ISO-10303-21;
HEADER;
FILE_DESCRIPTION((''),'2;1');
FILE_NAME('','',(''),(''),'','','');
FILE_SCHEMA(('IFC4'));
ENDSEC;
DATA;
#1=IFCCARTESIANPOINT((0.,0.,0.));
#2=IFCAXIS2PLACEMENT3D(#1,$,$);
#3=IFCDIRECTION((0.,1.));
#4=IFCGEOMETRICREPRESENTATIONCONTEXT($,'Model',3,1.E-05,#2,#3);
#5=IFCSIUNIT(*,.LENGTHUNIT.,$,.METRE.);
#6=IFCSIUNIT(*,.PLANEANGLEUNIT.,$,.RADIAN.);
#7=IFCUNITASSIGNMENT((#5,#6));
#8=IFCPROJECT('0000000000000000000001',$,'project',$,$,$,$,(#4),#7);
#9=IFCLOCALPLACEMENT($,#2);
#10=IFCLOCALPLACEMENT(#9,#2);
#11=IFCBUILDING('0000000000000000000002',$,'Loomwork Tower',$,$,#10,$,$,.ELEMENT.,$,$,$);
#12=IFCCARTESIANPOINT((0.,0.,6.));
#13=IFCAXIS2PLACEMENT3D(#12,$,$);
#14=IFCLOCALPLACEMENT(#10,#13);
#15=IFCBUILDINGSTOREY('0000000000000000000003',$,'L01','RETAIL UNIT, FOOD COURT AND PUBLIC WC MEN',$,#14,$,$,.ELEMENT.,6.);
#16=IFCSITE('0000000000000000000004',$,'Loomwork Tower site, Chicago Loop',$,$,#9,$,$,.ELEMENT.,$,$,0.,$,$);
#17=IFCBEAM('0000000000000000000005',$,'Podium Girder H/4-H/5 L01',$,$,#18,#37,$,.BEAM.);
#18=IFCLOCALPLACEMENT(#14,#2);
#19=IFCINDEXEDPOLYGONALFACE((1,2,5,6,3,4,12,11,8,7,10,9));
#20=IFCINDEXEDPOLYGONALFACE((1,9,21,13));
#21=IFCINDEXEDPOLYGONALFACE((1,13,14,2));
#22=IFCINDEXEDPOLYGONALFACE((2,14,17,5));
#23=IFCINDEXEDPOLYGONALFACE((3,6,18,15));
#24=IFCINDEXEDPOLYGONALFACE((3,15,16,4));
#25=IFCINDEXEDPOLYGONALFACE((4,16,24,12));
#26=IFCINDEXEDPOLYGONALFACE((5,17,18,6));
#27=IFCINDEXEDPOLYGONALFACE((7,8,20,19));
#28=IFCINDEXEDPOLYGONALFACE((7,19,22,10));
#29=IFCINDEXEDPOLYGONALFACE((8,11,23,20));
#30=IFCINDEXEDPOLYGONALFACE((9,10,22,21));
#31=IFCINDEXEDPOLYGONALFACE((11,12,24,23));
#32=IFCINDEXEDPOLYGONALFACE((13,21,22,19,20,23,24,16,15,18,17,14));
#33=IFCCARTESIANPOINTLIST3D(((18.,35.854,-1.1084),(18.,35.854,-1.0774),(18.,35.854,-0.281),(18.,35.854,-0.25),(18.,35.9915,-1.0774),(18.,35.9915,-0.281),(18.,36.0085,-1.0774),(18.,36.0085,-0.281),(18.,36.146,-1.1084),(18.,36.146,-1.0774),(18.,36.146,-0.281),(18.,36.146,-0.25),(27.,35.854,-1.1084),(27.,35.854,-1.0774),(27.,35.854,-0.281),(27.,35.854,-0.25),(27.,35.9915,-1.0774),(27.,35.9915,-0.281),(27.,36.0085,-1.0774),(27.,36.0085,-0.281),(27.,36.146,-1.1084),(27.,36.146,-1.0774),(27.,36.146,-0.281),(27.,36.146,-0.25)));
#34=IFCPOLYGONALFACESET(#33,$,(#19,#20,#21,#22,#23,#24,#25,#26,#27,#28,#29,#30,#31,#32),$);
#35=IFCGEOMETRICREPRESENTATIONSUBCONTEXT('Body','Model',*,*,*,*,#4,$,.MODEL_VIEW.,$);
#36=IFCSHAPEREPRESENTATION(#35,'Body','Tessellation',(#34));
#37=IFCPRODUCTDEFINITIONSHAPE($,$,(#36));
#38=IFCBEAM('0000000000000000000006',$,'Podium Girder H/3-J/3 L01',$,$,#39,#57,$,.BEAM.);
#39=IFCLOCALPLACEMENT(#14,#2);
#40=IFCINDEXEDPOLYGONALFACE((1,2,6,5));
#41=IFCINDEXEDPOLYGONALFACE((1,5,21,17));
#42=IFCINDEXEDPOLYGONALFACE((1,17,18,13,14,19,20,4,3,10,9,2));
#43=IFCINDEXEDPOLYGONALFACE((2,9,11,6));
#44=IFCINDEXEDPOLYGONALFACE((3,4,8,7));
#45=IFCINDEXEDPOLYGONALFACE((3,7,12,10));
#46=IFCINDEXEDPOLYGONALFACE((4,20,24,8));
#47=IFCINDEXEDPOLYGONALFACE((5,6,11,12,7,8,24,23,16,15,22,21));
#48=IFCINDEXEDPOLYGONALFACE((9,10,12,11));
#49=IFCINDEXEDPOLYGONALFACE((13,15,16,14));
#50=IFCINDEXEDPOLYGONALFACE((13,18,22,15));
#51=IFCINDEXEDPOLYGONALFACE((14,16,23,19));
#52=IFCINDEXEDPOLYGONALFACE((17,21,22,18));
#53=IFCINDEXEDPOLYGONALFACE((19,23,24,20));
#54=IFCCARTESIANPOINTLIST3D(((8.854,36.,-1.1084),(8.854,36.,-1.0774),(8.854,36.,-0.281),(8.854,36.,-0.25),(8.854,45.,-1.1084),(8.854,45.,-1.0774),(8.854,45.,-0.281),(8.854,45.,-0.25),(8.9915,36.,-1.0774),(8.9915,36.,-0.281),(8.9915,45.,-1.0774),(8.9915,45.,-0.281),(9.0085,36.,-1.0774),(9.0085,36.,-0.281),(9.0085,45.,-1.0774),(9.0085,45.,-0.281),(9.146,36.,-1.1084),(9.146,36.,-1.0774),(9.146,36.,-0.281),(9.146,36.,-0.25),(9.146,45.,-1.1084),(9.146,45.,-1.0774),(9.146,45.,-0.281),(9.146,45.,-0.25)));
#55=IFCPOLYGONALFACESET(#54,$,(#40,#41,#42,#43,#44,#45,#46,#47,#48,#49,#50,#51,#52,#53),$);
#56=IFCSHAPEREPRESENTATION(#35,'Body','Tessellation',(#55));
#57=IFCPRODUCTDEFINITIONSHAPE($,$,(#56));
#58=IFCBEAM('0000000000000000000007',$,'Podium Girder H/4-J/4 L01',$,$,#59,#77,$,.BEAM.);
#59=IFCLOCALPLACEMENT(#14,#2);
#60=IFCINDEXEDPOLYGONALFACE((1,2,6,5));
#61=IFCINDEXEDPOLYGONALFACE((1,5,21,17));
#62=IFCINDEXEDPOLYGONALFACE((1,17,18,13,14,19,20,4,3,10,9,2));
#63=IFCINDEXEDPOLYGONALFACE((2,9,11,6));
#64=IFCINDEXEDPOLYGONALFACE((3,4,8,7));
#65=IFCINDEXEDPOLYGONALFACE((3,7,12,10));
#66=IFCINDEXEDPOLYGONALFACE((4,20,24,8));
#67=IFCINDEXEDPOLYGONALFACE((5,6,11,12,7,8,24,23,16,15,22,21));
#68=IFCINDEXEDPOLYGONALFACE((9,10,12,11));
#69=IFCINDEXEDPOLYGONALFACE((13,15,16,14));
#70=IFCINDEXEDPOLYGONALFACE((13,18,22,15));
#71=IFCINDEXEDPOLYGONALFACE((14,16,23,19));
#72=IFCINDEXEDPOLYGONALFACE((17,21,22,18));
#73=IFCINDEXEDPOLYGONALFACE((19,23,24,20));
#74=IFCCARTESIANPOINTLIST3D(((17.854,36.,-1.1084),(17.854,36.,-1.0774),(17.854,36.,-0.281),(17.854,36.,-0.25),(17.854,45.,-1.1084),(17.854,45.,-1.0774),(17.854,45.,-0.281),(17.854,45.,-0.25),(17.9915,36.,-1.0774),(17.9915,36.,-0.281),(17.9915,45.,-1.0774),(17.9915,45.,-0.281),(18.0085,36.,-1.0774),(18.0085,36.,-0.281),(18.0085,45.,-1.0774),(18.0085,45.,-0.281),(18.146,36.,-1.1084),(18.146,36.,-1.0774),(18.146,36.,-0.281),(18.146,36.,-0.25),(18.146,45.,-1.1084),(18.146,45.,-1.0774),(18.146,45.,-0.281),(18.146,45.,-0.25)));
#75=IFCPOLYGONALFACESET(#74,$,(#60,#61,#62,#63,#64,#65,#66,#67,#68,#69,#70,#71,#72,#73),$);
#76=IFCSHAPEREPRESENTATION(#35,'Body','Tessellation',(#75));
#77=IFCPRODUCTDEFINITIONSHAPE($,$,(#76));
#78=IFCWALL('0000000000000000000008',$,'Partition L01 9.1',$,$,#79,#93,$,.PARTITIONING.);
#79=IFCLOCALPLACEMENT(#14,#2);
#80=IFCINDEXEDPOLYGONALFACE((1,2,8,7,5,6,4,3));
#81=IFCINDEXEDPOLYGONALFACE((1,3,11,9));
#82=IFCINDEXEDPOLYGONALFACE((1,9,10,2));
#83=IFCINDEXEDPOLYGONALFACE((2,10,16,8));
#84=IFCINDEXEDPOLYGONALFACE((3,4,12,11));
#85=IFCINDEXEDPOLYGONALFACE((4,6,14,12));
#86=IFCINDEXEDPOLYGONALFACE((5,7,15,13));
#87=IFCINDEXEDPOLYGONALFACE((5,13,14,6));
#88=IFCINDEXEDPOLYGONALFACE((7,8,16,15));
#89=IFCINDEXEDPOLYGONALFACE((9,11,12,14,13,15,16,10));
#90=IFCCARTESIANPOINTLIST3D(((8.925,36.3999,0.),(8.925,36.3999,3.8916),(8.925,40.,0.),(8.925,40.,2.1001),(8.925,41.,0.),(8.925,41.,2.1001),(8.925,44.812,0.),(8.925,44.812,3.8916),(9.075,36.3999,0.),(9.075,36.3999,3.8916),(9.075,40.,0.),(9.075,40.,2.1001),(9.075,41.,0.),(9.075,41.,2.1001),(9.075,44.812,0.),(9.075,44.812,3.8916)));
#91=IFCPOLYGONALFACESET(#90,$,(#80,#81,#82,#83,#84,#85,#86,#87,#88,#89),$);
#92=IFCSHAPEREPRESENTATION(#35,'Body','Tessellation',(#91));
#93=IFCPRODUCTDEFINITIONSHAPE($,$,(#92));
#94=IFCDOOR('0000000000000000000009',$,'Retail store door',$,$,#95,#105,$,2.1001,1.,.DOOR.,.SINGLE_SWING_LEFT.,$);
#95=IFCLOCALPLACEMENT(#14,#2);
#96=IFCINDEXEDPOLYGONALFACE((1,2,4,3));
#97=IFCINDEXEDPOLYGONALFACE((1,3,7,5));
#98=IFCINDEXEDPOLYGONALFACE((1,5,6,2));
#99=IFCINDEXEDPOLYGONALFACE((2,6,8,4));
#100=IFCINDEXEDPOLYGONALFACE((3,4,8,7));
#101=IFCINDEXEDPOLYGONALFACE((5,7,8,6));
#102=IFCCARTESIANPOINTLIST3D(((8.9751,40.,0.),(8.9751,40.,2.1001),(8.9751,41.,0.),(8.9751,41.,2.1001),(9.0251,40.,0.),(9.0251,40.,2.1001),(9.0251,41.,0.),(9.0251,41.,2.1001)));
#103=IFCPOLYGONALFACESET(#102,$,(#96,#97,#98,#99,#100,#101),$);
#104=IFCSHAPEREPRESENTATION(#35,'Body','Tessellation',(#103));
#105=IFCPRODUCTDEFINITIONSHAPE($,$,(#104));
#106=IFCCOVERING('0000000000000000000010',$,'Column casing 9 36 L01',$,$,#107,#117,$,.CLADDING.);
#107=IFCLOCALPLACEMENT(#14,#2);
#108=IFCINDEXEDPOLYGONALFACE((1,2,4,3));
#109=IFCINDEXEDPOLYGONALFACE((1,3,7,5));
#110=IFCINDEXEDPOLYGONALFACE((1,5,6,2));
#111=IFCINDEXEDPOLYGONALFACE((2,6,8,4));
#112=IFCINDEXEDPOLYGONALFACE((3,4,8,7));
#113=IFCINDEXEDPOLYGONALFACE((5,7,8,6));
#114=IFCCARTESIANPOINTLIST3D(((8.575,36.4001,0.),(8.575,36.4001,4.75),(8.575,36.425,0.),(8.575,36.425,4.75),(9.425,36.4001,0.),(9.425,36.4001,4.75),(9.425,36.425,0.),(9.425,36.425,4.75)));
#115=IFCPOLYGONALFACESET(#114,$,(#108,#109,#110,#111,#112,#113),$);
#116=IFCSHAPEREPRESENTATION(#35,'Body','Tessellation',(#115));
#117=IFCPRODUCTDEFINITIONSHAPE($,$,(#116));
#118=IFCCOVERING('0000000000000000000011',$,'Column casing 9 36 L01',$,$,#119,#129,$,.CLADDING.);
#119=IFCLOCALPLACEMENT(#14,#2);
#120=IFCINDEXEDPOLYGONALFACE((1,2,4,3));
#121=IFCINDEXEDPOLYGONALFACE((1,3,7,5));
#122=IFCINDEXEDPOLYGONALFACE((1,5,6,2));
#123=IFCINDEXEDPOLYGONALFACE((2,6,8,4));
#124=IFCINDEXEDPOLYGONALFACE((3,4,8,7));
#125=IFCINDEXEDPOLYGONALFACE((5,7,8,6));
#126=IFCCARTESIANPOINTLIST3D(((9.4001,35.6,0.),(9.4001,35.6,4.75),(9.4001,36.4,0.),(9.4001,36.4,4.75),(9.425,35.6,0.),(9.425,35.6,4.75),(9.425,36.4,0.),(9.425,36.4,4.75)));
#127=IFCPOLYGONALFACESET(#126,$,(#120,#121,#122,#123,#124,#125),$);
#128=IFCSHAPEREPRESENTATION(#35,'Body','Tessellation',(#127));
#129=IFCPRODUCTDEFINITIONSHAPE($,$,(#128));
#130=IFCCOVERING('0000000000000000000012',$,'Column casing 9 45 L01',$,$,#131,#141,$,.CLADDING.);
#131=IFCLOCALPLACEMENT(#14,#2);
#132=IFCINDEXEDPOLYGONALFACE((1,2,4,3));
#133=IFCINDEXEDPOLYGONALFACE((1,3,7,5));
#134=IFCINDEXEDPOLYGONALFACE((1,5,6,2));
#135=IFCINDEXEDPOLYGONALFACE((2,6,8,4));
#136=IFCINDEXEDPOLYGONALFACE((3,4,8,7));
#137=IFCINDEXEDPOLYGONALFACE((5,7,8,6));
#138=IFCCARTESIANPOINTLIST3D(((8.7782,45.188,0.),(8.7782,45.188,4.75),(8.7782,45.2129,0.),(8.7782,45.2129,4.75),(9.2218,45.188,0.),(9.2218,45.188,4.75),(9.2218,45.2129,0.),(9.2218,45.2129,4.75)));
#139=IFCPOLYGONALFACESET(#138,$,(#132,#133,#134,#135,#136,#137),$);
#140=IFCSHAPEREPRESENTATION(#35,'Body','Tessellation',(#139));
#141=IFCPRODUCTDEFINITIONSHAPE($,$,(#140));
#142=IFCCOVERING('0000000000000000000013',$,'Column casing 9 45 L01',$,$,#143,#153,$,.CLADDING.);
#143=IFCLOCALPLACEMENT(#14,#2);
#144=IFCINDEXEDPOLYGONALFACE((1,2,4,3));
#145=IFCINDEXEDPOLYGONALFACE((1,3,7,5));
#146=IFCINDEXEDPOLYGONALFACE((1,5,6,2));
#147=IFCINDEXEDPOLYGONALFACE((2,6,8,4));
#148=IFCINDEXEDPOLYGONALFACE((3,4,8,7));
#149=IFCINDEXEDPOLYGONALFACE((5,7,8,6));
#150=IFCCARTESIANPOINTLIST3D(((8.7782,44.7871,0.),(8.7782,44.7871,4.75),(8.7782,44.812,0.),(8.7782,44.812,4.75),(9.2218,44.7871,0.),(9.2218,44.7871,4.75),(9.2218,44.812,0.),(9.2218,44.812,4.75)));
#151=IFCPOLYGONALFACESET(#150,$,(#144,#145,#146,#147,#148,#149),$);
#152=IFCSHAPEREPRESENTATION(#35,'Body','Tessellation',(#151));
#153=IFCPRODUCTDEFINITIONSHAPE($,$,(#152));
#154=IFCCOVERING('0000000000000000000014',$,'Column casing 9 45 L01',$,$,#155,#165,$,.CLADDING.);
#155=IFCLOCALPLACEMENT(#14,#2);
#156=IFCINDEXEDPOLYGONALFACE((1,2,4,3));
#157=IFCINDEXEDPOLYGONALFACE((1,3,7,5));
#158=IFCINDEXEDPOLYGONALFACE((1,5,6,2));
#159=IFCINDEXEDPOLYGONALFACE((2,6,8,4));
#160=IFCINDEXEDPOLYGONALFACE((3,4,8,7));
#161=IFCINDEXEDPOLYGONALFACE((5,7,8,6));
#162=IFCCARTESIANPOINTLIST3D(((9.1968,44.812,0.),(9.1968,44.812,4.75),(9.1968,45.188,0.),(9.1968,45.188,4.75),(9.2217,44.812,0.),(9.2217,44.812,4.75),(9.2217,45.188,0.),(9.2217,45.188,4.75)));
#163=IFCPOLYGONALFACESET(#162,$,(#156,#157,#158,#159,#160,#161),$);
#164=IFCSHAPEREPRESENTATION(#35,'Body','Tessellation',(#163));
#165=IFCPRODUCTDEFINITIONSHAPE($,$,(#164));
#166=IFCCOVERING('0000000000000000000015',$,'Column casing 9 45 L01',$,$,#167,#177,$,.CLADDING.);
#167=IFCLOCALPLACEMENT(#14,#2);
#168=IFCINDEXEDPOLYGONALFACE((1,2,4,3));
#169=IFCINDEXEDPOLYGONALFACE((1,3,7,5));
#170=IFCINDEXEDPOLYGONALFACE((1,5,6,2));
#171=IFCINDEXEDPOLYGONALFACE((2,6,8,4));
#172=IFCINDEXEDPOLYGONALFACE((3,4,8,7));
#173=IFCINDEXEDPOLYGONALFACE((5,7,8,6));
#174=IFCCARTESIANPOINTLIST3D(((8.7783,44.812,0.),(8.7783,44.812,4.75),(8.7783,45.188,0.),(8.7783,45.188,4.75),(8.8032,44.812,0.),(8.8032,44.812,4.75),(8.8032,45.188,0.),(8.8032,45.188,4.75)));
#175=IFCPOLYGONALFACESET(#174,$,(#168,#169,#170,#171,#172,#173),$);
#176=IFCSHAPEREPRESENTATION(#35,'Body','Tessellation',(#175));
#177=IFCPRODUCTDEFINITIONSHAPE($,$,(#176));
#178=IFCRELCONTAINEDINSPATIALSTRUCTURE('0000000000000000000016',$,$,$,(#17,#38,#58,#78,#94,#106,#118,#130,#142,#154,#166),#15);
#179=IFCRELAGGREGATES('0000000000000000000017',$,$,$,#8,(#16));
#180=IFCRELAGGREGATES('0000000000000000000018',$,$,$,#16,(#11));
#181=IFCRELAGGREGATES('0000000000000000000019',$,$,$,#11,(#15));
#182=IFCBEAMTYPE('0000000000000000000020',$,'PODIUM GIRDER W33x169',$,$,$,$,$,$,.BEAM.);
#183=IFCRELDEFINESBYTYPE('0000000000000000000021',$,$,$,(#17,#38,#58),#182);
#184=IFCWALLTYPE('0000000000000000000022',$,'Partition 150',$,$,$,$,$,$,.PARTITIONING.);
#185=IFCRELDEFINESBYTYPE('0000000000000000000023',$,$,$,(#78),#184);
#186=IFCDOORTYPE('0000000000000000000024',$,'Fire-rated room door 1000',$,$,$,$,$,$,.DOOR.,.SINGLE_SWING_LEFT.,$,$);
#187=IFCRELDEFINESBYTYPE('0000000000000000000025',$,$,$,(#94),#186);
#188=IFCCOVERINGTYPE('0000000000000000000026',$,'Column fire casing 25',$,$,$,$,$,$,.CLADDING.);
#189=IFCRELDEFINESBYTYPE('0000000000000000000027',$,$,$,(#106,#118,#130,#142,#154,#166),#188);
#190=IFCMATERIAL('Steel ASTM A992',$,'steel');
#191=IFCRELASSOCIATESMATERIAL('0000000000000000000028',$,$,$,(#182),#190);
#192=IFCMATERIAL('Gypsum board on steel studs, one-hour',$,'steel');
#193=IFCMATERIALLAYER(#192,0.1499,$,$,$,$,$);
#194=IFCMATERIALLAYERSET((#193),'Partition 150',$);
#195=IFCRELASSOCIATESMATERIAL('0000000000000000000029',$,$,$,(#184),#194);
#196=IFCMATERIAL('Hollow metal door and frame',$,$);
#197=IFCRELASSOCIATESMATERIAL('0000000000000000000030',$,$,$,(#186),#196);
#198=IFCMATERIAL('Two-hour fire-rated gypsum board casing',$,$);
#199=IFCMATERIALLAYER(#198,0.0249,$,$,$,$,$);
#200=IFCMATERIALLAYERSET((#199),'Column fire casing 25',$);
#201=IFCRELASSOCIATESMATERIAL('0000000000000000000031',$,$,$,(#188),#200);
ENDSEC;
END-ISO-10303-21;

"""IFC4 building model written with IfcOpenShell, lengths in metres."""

from ifc_helpers import new_model, si_unit, direction, frame, frame_2d, origin, origin_2d, place, context, subcontext, project, spatial, rectangle, i_section, extrude, material, layer, layer_set, material_profile, profile_set, type_object, element, fill, save


model = new_model("IFC4")

# Units and contexts
model_context = context("Model", 3, precision=1e-05, world=origin(), true_north=direction((0.0, 1.0)))
body_context = subcontext(model_context, "Body", "Model", "MODEL_VIEW")
ifc_project = project(units=[si_unit("LENGTHUNIT", "METRE"), si_unit("PLANEANGLEUNIT", "RADIAN")], contexts=[model_context])

# Site, building, storey
site_placement = place(None, origin())
site = spatial("IfcSite", under=ifc_project, at=site_placement, Name="Loomwork Tower site, Chicago Loop", CompositionType="ELEMENT", RefElevation=0.0)
building_placement = place(site_placement, origin())
building = spatial("IfcBuilding", under=site, at=building_placement, Name="Loomwork Tower", CompositionType="ELEMENT")
storey_placement = place(building_placement, frame((0.0, 0.0, 6.0)))
storey = spatial("IfcBuildingStorey", under=building, at=storey_placement, Name="L01", Description="RETAIL UNIT, FOOD COURT AND PUBLIC WC MEN", CompositionType="ELEMENT", Elevation=6.0)

# Beams
ifc_material_1 = material(Name="Steel ASTM A992", Category="steel")
ifc_material_profile_1 = material_profile(ifc_material_1, i_section(OverallWidth=0.292, OverallDepth=0.8584, WebThickness=0.0171, FlangeThickness=0.031, at=origin_2d()), Name="W33x169")
ifc_profile_set_1 = profile_set([ifc_material_profile_1], Name="Steel ASTM A992")
beam_type_1 = type_object("IfcBeamType", Name="PODIUM GIRDER W33x169", PredefinedType="BEAM", material=ifc_profile_set_1)
for number, where, z_axis, x_axis, name in (
    (1, (18.0, 36.0, -0.6792), (1.0, 0.0, 0.0), (0.0, 1.0, 0.0), "Podium Girder H/4-H/5 L01"),
    (2, (9.0, 36.0, -0.6792), (0.0, 1.0, 0.0), (-1.0, 0.0, 0.0), "Podium Girder H/3-J/3 L01"),
    (3, (18.0, 36.0, -0.6792), (0.0, 1.0, 0.0), (-1.0, 0.0, 0.0), "Podium Girder H/4-J/4 L01"),
):
    element("IfcBeam", number, at=place(storey_placement, frame(where, z_axis=z_axis, x_axis=x_axis)), inside=storey, type_object=beam_type_1, Name=name, PredefinedType="BEAM", context=body_context, shape_type="SweptSolid", body=[
        extrude(i_section(OverallWidth=0.292, OverallDepth=0.8584, WebThickness=0.0171, FlangeThickness=0.031, at=origin_2d()), origin(), (0.0, 0.0, 1.0), 9.0),
    ])

# Wall, opening, door
ifc_material_2 = material(Name="Gypsum board on steel studs, one-hour", Category="steel")
ifc_layer_1 = layer(ifc_material_2, 0.1499)
ifc_layer_set_1 = layer_set([ifc_layer_1], Name="Partition 150")
wall_type = type_object("IfcWallType", Name="Partition 150", PredefinedType="PARTITIONING", material=ifc_layer_set_1)
wall_placement = place(storey_placement, frame((9.0, 44.812, 0.0), z_axis=(0.0, 0.0, 1.0), x_axis=(0.0, -1.0, 0.0)))
wall = element("IfcWall", 4, at=wall_placement, inside=storey, type_object=wall_type, Name="Partition L01 9.1", PredefinedType="PARTITIONING", context=body_context, shape_type="SweptSolid", body=[
    extrude(rectangle(XDim=8.4121, YDim=0.1499, at=frame_2d((4.2061, 0.0))), origin(), (0.0, 0.0, 1.0), 3.8916),
])
opening_placement = place(wall_placement, frame((3.812, 0.0, 0.0)))
opening = element("IfcOpeningElement", 5, at=opening_placement, cuts=wall, PredefinedType="OPENING", context=body_context, shape_type="SweptSolid", body=[
    extrude(rectangle(XDim=1.0, YDim=2.1001, at=frame_2d((0.5, 1.05))), frame((0.0, 0.085, 0.0), z_axis=(0.0, -1.0, 0.0), x_axis=(1.0, 0.0, 0.0)), (0.0, 0.0, 1.0), 0.1699),
])
ifc_material_3 = material(Name="Hollow metal door and frame")
door_type = type_object("IfcDoorType", Name="Fire-rated room door 1000", OperationType="SINGLE_SWING_LEFT", PredefinedType="DOOR", material=ifc_material_3)
door_placement = place(opening_placement, frame((1.0, 0.0, 0.0), z_axis=(0.0, 0.0, 1.0), x_axis=(-1.0, 0.0, 0.0)))
door = element("IfcDoor", 6, at=door_placement, inside=storey, type_object=door_type, Name="Retail store door", OperationType="SINGLE_SWING_LEFT", OverallHeight=2.1001, OverallWidth=1.0, PredefinedType="DOOR", context=body_context, shape_type="SweptSolid", body=[
    extrude(rectangle(XDim=1.0, YDim=2.1001, at=frame_2d((0.5, 1.05))), frame((0.0, 0.0249, 0.0), z_axis=(0.0, -1.0, 0.0), x_axis=(1.0, 0.0, 0.0)), (0.0, 0.0, 1.0), 0.05),
])
fill(opening, door)

# Coverings
ifc_material_4 = material(Name="Two-hour fire-rated gypsum board casing")
ifc_layer_2 = layer(ifc_material_4, 0.0249)
ifc_layer_set_2 = layer_set([ifc_layer_2], Name="Column fire casing 25")
covering_type = type_object("IfcCoveringType", Name="Column fire casing 25", PredefinedType="CLADDING", material=ifc_layer_set_2)
covering_1_placement = place(storey_placement, frame((9.0, 36.4126, 0.0), z_axis=(0.0, 0.0, 1.0), x_axis=(1.0, 0.0, 0.0)))
element("IfcCovering", 7, at=covering_1_placement, inside=storey, type_object=covering_type, Name="Column casing 9 36 L01", PredefinedType="CLADDING", context=body_context, shape_type="SweptSolid", body=[
    extrude(rectangle(XDim=0.8501, YDim=0.0249, at=origin_2d()), origin(), (0.0, 0.0, 1.0), 4.75),
])
covering_2_placement = place(storey_placement, frame((9.4126, 36.0, 0.0), z_axis=(0.0, 0.0, 1.0), x_axis=(1.0, 0.0, 0.0)))
element("IfcCovering", 8, at=covering_2_placement, inside=storey, type_object=covering_type, Name="Column casing 9 36 L01", PredefinedType="CLADDING", context=body_context, shape_type="SweptSolid", body=[
    extrude(rectangle(XDim=0.0249, YDim=0.8, at=origin_2d()), origin(), (0.0, 0.0, 1.0), 4.75),
])
for number, where, z_axis, x_axis, name in (
    (9, (9.0, 45.2004, 0.0), (0.0, 0.0, 1.0), (1.0, 0.0, 0.0), "Column casing 9 45 L01"),
    (10, (9.0, 44.7996, 0.0), (0.0, 0.0, 1.0), (1.0, 0.0, 0.0), "Column casing 9 45 L01"),
):
    element("IfcCovering", number, at=place(storey_placement, frame(where, z_axis=z_axis, x_axis=x_axis)), inside=storey, type_object=covering_type, Name=name, PredefinedType="CLADDING", context=body_context, shape_type="SweptSolid", body=[
        extrude(rectangle(XDim=0.4436, YDim=0.0249, at=origin_2d()), origin(), (0.0, 0.0, 1.0), 4.75),
    ])
for number, where, z_axis, x_axis, name in (
    (11, (9.2092, 45.0, 0.0), (0.0, 0.0, 1.0), (1.0, 0.0, 0.0), "Column casing 9 45 L01"),
    (12, (8.7908, 45.0, 0.0), (0.0, 0.0, 1.0), (1.0, 0.0, 0.0), "Column casing 9 45 L01"),
):
    element("IfcCovering", number, at=place(storey_placement, frame(where, z_axis=z_axis, x_axis=x_axis)), inside=storey, type_object=covering_type, Name=name, PredefinedType="CLADDING", context=body_context, shape_type="SweptSolid", body=[
        extrude(rectangle(XDim=0.0249, YDim=0.376, at=origin_2d()), origin(), (0.0, 0.0, 1.0), 4.75),
    ])

save(model, "model.ifc")
